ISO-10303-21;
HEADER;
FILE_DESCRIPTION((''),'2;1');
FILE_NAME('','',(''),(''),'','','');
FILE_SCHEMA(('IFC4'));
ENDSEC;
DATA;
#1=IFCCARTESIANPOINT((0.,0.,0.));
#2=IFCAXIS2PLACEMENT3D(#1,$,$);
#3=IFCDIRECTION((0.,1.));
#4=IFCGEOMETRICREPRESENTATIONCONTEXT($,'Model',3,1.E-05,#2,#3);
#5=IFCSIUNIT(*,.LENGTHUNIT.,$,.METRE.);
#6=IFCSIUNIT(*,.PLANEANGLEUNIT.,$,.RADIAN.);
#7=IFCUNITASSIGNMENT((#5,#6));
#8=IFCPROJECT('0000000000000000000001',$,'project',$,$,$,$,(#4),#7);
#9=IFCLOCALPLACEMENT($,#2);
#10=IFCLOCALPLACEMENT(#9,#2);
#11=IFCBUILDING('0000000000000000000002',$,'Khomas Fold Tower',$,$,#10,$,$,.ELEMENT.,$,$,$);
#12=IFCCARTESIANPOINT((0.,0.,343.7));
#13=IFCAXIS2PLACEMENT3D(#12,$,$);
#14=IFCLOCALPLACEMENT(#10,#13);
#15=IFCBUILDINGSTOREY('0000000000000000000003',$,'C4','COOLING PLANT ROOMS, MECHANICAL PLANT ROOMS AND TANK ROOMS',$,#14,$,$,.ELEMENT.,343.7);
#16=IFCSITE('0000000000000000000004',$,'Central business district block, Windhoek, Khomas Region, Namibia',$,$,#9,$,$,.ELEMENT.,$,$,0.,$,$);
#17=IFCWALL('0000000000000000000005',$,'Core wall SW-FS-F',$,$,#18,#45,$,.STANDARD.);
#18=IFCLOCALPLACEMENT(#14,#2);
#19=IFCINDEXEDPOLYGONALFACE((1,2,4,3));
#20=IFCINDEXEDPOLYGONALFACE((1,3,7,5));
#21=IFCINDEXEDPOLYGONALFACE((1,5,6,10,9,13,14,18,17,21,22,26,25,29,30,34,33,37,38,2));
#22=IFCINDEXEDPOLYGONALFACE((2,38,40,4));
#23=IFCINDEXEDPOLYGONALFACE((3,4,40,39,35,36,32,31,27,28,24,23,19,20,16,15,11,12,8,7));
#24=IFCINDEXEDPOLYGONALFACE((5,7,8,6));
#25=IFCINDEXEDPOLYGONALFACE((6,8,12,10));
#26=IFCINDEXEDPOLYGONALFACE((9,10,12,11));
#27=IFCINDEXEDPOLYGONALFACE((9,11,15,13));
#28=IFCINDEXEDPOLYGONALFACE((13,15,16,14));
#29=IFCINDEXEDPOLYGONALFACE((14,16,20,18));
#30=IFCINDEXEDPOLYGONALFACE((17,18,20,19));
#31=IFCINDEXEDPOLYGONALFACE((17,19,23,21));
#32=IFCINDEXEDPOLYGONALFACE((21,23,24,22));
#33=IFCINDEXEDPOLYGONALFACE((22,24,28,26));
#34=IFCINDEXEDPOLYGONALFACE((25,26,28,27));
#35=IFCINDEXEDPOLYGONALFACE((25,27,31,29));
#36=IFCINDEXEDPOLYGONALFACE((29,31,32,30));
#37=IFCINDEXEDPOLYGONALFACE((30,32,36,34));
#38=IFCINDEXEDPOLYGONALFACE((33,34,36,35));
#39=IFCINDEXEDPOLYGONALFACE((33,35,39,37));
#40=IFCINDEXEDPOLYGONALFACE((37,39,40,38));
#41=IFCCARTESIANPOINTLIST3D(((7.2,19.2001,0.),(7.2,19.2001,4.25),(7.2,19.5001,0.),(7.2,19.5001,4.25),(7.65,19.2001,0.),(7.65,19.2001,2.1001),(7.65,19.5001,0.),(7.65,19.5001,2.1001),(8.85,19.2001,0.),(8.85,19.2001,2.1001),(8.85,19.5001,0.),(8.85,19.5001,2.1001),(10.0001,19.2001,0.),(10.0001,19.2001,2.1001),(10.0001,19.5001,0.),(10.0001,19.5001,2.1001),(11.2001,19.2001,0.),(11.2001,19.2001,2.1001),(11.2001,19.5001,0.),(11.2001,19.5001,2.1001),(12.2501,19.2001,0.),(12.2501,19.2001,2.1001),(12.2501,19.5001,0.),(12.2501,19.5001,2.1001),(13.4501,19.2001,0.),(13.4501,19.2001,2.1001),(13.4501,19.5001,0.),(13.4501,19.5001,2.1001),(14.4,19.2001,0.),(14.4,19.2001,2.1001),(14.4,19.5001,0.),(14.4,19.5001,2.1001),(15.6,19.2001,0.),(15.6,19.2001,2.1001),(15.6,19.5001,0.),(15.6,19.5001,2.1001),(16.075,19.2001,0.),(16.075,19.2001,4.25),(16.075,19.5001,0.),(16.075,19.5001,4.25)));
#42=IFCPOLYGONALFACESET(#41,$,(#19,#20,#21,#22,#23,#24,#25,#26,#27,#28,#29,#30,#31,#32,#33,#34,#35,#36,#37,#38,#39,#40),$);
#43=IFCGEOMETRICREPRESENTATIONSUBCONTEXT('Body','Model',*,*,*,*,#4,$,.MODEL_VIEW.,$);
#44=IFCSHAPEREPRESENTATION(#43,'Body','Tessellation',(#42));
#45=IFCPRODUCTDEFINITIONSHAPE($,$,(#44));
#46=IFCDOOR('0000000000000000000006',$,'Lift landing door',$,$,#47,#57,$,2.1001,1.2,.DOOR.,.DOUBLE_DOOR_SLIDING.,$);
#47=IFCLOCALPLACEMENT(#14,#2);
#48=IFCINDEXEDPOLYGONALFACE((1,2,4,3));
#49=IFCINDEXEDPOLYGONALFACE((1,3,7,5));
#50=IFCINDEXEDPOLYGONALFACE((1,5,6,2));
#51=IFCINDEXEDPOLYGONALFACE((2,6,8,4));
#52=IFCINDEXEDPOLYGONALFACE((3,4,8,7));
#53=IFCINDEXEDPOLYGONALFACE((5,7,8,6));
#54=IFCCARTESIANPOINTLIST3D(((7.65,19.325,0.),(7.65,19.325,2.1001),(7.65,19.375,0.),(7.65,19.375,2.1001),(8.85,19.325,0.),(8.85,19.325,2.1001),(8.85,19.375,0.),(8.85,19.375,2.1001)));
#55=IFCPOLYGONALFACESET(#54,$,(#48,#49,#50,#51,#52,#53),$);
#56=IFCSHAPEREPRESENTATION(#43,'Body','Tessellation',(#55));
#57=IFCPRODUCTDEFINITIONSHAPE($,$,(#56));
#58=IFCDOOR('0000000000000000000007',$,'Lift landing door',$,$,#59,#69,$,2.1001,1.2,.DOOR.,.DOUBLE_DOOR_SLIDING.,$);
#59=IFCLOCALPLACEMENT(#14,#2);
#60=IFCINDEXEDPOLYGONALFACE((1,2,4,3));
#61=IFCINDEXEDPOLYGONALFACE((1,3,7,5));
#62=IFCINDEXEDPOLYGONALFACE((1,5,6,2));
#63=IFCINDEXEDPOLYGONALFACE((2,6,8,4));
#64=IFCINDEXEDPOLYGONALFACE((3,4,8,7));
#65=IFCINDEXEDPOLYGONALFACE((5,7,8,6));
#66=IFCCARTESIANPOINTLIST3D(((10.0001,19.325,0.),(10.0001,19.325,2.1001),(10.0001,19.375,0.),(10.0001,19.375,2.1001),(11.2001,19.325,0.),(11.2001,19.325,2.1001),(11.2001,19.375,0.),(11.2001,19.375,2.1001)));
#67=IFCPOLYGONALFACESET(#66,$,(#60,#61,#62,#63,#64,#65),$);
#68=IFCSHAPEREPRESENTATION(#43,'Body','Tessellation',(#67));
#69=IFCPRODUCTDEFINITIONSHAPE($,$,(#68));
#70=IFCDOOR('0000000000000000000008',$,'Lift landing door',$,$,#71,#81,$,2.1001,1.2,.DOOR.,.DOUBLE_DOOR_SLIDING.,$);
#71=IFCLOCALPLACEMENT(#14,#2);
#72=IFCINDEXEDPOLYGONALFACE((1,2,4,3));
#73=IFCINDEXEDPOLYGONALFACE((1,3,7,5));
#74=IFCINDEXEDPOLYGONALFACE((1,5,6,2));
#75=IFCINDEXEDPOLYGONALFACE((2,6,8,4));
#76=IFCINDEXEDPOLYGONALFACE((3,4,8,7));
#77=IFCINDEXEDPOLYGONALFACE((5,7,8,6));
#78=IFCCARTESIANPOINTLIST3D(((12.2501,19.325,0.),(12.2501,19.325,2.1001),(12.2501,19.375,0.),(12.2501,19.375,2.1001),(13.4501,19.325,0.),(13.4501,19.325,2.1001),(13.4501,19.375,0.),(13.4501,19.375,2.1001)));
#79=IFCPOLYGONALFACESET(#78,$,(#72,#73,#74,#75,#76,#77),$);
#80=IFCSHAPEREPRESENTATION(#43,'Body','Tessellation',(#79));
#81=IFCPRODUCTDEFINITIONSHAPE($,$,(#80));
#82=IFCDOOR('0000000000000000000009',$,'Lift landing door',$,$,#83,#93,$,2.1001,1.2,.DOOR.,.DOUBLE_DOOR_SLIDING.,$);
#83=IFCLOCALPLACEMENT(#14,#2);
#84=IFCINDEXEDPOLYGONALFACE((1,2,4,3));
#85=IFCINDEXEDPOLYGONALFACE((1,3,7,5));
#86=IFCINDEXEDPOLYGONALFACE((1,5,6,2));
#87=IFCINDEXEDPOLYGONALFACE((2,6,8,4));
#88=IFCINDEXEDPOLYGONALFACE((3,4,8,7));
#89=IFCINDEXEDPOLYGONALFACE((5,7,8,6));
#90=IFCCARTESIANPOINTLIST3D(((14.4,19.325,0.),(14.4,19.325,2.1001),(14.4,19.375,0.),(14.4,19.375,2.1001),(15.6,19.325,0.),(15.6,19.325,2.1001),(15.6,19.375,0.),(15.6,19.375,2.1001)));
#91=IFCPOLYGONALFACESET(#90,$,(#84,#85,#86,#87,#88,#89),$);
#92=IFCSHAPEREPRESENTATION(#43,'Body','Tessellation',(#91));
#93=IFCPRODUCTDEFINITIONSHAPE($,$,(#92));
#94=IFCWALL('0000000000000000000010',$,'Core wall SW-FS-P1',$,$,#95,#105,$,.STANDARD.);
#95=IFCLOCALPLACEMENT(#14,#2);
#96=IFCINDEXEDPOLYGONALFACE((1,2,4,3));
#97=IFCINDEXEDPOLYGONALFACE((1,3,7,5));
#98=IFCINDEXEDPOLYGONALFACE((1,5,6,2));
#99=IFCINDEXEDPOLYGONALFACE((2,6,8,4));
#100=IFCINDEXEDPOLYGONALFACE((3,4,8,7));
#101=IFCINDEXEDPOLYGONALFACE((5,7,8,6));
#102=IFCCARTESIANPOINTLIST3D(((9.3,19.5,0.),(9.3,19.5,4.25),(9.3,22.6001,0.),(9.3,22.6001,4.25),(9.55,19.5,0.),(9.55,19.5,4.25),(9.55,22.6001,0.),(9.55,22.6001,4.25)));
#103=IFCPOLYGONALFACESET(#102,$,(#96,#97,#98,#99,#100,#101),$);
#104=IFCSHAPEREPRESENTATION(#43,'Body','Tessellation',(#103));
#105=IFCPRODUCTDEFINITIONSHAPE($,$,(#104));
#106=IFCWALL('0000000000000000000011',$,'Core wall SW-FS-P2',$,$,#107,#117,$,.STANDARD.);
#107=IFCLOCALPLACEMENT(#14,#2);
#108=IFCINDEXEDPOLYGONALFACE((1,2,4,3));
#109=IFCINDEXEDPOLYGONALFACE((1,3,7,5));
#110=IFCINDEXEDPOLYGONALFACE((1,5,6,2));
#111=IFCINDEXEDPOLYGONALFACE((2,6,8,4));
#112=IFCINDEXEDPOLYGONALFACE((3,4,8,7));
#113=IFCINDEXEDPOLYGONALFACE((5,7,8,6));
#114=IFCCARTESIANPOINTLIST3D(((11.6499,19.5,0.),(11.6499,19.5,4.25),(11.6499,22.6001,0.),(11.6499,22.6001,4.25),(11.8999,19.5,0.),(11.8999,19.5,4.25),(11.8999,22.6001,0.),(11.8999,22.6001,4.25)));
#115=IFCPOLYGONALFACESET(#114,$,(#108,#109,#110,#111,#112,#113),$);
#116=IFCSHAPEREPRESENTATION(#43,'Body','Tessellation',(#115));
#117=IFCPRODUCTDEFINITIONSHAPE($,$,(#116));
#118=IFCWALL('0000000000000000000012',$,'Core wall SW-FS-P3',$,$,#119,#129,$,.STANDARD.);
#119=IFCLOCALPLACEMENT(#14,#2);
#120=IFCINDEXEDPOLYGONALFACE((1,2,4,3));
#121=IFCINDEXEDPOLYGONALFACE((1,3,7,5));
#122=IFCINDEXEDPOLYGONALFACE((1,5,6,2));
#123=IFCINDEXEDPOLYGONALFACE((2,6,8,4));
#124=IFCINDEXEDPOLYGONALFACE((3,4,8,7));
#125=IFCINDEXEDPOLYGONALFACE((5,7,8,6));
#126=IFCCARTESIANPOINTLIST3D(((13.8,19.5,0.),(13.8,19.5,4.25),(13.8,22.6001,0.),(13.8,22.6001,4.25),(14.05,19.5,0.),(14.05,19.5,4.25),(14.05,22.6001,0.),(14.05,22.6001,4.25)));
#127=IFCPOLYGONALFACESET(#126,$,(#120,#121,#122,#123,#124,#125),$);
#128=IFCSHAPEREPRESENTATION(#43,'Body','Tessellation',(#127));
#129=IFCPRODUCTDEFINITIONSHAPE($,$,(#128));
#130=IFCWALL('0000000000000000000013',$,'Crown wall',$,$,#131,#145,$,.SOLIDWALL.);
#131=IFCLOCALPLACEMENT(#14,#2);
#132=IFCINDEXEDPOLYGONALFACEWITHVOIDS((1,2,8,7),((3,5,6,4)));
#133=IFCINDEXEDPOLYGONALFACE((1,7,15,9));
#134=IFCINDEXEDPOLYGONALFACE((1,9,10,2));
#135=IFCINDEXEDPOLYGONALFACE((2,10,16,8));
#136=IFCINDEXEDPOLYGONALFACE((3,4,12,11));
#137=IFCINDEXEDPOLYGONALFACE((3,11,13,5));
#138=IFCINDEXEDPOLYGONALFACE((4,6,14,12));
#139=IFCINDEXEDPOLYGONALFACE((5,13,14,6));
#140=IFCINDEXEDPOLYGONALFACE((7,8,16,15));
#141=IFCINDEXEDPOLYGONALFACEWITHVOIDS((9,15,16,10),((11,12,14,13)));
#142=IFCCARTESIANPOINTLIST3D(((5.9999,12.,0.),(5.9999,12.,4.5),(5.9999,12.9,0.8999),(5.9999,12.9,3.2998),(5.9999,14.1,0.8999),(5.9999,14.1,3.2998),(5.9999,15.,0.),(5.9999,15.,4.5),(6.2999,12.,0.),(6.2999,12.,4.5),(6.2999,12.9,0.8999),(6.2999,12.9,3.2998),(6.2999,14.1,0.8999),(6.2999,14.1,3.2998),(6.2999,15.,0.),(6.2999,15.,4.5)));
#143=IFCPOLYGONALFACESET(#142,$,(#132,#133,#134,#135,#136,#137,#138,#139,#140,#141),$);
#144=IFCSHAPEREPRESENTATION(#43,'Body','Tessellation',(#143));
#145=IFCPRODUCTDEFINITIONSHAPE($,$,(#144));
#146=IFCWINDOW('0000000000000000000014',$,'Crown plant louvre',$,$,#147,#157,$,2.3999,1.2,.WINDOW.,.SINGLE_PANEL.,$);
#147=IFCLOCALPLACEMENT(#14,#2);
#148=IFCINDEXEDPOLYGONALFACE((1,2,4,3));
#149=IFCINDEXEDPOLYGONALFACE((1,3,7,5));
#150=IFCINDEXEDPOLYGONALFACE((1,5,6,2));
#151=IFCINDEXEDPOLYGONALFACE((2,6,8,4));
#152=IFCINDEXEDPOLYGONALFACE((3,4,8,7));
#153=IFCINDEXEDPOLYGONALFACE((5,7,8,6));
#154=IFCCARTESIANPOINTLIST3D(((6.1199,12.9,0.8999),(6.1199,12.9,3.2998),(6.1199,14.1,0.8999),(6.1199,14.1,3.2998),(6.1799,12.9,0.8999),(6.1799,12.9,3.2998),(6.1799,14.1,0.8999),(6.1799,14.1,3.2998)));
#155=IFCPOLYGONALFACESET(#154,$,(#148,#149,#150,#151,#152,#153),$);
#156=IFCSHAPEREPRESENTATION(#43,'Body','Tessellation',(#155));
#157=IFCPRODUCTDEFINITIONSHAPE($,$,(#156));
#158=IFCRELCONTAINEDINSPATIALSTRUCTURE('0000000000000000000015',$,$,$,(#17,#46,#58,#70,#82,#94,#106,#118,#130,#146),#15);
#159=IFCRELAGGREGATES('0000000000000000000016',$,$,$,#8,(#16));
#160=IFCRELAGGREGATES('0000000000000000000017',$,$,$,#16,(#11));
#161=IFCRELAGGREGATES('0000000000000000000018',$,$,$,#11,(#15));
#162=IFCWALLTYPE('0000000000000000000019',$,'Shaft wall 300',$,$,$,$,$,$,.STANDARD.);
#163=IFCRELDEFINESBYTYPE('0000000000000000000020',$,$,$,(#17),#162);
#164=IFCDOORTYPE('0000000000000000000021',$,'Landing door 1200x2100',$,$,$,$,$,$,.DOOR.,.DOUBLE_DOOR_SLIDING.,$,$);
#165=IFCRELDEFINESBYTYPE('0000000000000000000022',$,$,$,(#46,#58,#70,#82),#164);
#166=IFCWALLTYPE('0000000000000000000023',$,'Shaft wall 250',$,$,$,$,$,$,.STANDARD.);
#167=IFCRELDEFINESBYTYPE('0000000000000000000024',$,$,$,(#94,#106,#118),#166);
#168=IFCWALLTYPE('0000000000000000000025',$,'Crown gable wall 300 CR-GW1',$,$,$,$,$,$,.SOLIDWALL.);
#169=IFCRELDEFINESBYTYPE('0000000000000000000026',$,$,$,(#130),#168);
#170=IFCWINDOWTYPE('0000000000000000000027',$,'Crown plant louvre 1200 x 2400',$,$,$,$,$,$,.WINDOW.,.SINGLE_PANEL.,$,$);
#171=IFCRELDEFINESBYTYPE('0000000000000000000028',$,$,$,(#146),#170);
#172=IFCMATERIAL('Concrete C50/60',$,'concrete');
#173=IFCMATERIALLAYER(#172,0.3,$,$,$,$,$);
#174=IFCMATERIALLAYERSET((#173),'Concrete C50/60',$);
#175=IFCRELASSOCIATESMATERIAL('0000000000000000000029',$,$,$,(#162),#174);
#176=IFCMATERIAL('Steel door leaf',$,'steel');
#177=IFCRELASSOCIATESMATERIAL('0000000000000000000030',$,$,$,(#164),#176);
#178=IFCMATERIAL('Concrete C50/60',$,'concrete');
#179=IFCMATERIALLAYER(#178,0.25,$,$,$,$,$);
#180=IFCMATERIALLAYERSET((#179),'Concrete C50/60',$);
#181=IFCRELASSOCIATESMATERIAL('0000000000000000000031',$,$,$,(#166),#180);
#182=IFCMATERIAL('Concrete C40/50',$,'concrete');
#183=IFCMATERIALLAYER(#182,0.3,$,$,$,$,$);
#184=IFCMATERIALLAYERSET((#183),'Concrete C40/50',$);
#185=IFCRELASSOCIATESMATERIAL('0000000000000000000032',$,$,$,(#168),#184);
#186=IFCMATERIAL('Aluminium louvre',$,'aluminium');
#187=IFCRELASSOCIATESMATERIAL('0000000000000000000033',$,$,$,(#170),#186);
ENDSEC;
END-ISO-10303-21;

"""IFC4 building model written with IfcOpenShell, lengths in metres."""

from ifc_helpers import new_model, si_unit, direction, frame, frame_2d, origin, place, context, subcontext, project, spatial, rectangle, extrude, source, transform, mapped, material, layer, layer_set, type_object, element, fill, save


model = new_model("IFC4")

# Units and contexts
model_context = context("Model", 3, precision=1e-05, world=origin(), true_north=direction((0.0, 1.0)))
body_context = subcontext(model_context, "Body", "Model", "MODEL_VIEW")
ifc_project = project(units=[si_unit("LENGTHUNIT", "METRE"), si_unit("PLANEANGLEUNIT", "RADIAN")], contexts=[model_context])

# Site, building, storey
site_placement = place(None, origin())
site = spatial("IfcSite", under=ifc_project, at=site_placement, Name="Central business district block, Windhoek, Khomas Region, Namibia", CompositionType="ELEMENT", RefElevation=0.0)
building_placement = place(site_placement, origin())
building = spatial("IfcBuilding", under=site, at=building_placement, Name="Khomas Fold Tower", CompositionType="ELEMENT")
storey_placement = place(building_placement, frame((0.0, 0.0, 343.7)))
storey = spatial("IfcBuildingStorey", under=building, at=storey_placement, Name="C4", Description="COOLING PLANT ROOMS, MECHANICAL PLANT ROOMS AND TANK ROOMS", CompositionType="ELEMENT", Elevation=343.7)

# Shared definitions
ifc_material_1 = material(Name="Concrete C50/60", Category="concrete")
ifc_layer_1 = layer(ifc_material_1, 0.3)
ifc_layer_set_1 = layer_set([ifc_layer_1], Name="Concrete C50/60")
wall_type_1 = type_object("IfcWallType", Name="Shaft wall 300", PredefinedType="STANDARD", material=ifc_layer_set_1)

# Wall, openings, doors
shared_shape_1 = source(origin(), body_context, "Body", "SweptSolid", [
    extrude(rectangle(XDim=8.875, YDim=0.3, at=frame_2d((4.4375, 0.0))), origin(), (0.0, 0.0, 1.0), 4.25),
])
wall_1_placement = place(storey_placement, frame((7.2, 19.3501, 0.0), z_axis=(0.0, 0.0, 1.0), x_axis=(1.0, 0.0, 0.0)))
wall_1 = element("IfcWall", 1, at=wall_1_placement, inside=storey, type_object=wall_type_1, Name="Core wall SW-FS-F", PredefinedType="STANDARD", context=body_context, shape_type="MappedRepresentation", body=[
    mapped(shared_shape_1, transform((0.0, 0.0, 0.0))),
])
shared_shape_2 = source(origin(), body_context, "Body", "SweptSolid", [
    extrude(rectangle(XDim=1.2, YDim=2.1001, at=frame_2d((0.6001, 1.05))), frame((0.0, 0.1599, 0.0), z_axis=(0.0, -1.0, 0.0), x_axis=(1.0, 0.0, 0.0)), (0.0, 0.0, 1.0), 0.3201),
])
opening_1_placement = place(wall_1_placement, frame((0.45, 0.0, 0.0)))
opening_1 = element("IfcOpeningElement", 2, at=opening_1_placement, cuts=wall_1, PredefinedType="OPENING", context=body_context, shape_type="MappedRepresentation", body=[
    mapped(shared_shape_2, transform((0.0, 0.0, 0.0))),
])
opening_2_placement = place(wall_1_placement, frame((2.8, 0.0, 0.0)))
opening_2 = element("IfcOpeningElement", 3, at=opening_2_placement, cuts=wall_1, PredefinedType="OPENING", context=body_context, shape_type="MappedRepresentation", body=[
    mapped(shared_shape_2, transform((0.0, 0.0, 0.0))),
])
opening_3_placement = place(wall_1_placement, frame((5.05, 0.0, 0.0)))
opening_3 = element("IfcOpeningElement", 4, at=opening_3_placement, cuts=wall_1, PredefinedType="OPENING", context=body_context, shape_type="MappedRepresentation", body=[
    mapped(shared_shape_2, transform((0.0, 0.0, 0.0))),
])
opening_4_placement = place(wall_1_placement, frame((7.2, 0.0, 0.0)))
opening_4 = element("IfcOpeningElement", 5, at=opening_4_placement, cuts=wall_1, PredefinedType="OPENING", context=body_context, shape_type="MappedRepresentation", body=[
    mapped(shared_shape_2, transform((0.0, 0.0, 0.0))),
])
ifc_material_2 = material(Name="Steel door leaf", Category="steel")
door_type_1 = type_object("IfcDoorType", Name="Landing door 1200x2100", OperationType="DOUBLE_DOOR_SLIDING", PredefinedType="DOOR", material=ifc_material_2)
shared_shape_3 = source(origin(), body_context, "Body", "SweptSolid", [
    extrude(rectangle(XDim=1.2, YDim=2.1001, at=frame_2d((0.6001, 1.05))), frame((0.0, 0.0249, 0.0), z_axis=(0.0, -1.0, 0.0), x_axis=(1.0, 0.0, 0.0)), (0.0, 0.0, 1.0), 0.05),
])
door_1_placement = place(opening_1_placement, origin())
door_1 = element("IfcDoor", 6, at=door_1_placement, inside=storey, type_object=door_type_1, Name="Lift landing door", OperationType="DOUBLE_DOOR_SLIDING", OverallHeight=2.1001, OverallWidth=1.2, PredefinedType="DOOR", context=body_context, shape_type="MappedRepresentation", body=[
    mapped(shared_shape_3, transform((0.0, 0.0, 0.0))),
])
fill(opening_1, door_1)
door_2_placement = place(opening_2_placement, origin())
door_2 = element("IfcDoor", 7, at=door_2_placement, inside=storey, type_object=door_type_1, Name="Lift landing door", OperationType="DOUBLE_DOOR_SLIDING", OverallHeight=2.1001, OverallWidth=1.2, PredefinedType="DOOR", context=body_context, shape_type="MappedRepresentation", body=[
    mapped(shared_shape_3, transform((0.0, 0.0, 0.0))),
])
fill(opening_2, door_2)
door_3_placement = place(opening_3_placement, origin())
door_3 = element("IfcDoor", 8, at=door_3_placement, inside=storey, type_object=door_type_1, Name="Lift landing door", OperationType="DOUBLE_DOOR_SLIDING", OverallHeight=2.1001, OverallWidth=1.2, PredefinedType="DOOR", context=body_context, shape_type="MappedRepresentation", body=[
    mapped(shared_shape_3, transform((0.0, 0.0, 0.0))),
])
fill(opening_3, door_3)
door_4_placement = place(opening_4_placement, origin())
door_4 = element("IfcDoor", 9, at=door_4_placement, inside=storey, type_object=door_type_1, Name="Lift landing door", OperationType="DOUBLE_DOOR_SLIDING", OverallHeight=2.1001, OverallWidth=1.2, PredefinedType="DOOR", context=body_context, shape_type="MappedRepresentation", body=[
    mapped(shared_shape_3, transform((0.0, 0.0, 0.0))),
])
fill(opening_4, door_4)

# Walls
ifc_material_3 = material(Name="Concrete C50/60", Category="concrete")
ifc_layer_2 = layer(ifc_material_3, 0.25)
ifc_layer_set_2 = layer_set([ifc_layer_2], Name="Concrete C50/60")
wall_type_2 = type_object("IfcWallType", Name="Shaft wall 250", PredefinedType="STANDARD", material=ifc_layer_set_2)
shared_shape_4 = source(origin(), body_context, "Body", "SweptSolid", [
    extrude(rectangle(XDim=3.1001, YDim=0.25, at=frame_2d((1.55, 0.0))), origin(), (0.0, 0.0, 1.0), 4.25),
])
for number, where, z_axis, x_axis, name in (
    (10, (9.425, 19.5, 0.0), (0.0, 0.0, 1.0), (0.0, 1.0, 0.0), "Core wall SW-FS-P1"),
    (11, (11.7749, 19.5, 0.0), (0.0, 0.0, 1.0), (0.0, 1.0, 0.0), "Core wall SW-FS-P2"),
    (12, (13.925, 19.5, 0.0), (0.0, 0.0, 1.0), (0.0, 1.0, 0.0), "Core wall SW-FS-P3"),
):
    element("IfcWall", number, at=place(storey_placement, frame(where, z_axis=z_axis, x_axis=x_axis)), inside=storey, type_object=wall_type_2, Name=name, PredefinedType="STANDARD", context=body_context, shape_type="MappedRepresentation", body=[
        mapped(shared_shape_4, transform((0.0, 0.0, 0.0))),
    ])

# Wall, opening, window
ifc_material_4 = material(Name="Concrete C40/50", Category="concrete")
ifc_layer_3 = layer(ifc_material_4, 0.3)
ifc_layer_set_3 = layer_set([ifc_layer_3], Name="Concrete C40/50")
wall_type_3 = type_object("IfcWallType", Name="Crown gable wall 300 CR-GW1", PredefinedType="SOLIDWALL", material=ifc_layer_set_3)
shared_shape_5 = source(origin(), body_context, "Body", "SweptSolid", [
    extrude(rectangle(XDim=3.0, YDim=0.3, at=frame_2d((1.5, 0.0))), origin(), (0.0, 0.0, 1.0), 4.5),
])
wall_2_placement = place(storey_placement, frame((6.1499, 15.0, 0.0), z_axis=(0.0, 0.0, 1.0), x_axis=(0.0, -1.0, 0.0)))
wall_2 = element("IfcWall", 13, at=wall_2_placement, inside=storey, type_object=wall_type_3, Name="Crown wall", PredefinedType="SOLIDWALL", context=body_context, shape_type="MappedRepresentation", body=[
    mapped(shared_shape_5, transform((0.0, 0.0, 0.0))),
])
shared_shape_6 = source(origin(), body_context, "Body", "SweptSolid", [
    extrude(rectangle(XDim=1.2, YDim=2.3999, at=frame_2d((0.6001, 1.2))), frame((0.0, 0.1599, 0.0), z_axis=(0.0, -1.0, 0.0), x_axis=(1.0, 0.0, 0.0)), (0.0, 0.0, 1.0), 0.3201),
])
opening_5_placement = place(wall_2_placement, frame((0.8999, 0.0, 0.8999)))
opening_5 = element("IfcOpeningElement", 14, at=opening_5_placement, cuts=wall_2, PredefinedType="OPENING", context=body_context, shape_type="MappedRepresentation", body=[
    mapped(shared_shape_6, transform((0.0, 0.0, 0.0))),
])
ifc_material_5 = material(Name="Aluminium louvre", Category="aluminium")
window_type = type_object("IfcWindowType", Name="Crown plant louvre 1200 x 2400", PartitioningType="SINGLE_PANEL", PredefinedType="WINDOW", material=ifc_material_5)
shared_shape_7 = source(origin(), body_context, "Body", "SweptSolid", [
    extrude(rectangle(XDim=1.2, YDim=2.3999, at=frame_2d((0.6001, 1.2))), frame((0.0, 0.03, 0.0), z_axis=(0.0, -1.0, 0.0), x_axis=(1.0, 0.0, 0.0)), (0.0, 0.0, 1.0), 0.0601),
])
window_placement = place(opening_5_placement, origin())
window = element("IfcWindow", 15, at=window_placement, inside=storey, type_object=window_type, Name="Crown plant louvre", OverallHeight=2.3999, OverallWidth=1.2, PartitioningType="SINGLE_PANEL", PredefinedType="WINDOW", context=body_context, shape_type="MappedRepresentation", body=[
    mapped(shared_shape_7, transform((0.0, 0.0, 0.0))),
])
fill(opening_5, window)

save(model, "model.ifc")
